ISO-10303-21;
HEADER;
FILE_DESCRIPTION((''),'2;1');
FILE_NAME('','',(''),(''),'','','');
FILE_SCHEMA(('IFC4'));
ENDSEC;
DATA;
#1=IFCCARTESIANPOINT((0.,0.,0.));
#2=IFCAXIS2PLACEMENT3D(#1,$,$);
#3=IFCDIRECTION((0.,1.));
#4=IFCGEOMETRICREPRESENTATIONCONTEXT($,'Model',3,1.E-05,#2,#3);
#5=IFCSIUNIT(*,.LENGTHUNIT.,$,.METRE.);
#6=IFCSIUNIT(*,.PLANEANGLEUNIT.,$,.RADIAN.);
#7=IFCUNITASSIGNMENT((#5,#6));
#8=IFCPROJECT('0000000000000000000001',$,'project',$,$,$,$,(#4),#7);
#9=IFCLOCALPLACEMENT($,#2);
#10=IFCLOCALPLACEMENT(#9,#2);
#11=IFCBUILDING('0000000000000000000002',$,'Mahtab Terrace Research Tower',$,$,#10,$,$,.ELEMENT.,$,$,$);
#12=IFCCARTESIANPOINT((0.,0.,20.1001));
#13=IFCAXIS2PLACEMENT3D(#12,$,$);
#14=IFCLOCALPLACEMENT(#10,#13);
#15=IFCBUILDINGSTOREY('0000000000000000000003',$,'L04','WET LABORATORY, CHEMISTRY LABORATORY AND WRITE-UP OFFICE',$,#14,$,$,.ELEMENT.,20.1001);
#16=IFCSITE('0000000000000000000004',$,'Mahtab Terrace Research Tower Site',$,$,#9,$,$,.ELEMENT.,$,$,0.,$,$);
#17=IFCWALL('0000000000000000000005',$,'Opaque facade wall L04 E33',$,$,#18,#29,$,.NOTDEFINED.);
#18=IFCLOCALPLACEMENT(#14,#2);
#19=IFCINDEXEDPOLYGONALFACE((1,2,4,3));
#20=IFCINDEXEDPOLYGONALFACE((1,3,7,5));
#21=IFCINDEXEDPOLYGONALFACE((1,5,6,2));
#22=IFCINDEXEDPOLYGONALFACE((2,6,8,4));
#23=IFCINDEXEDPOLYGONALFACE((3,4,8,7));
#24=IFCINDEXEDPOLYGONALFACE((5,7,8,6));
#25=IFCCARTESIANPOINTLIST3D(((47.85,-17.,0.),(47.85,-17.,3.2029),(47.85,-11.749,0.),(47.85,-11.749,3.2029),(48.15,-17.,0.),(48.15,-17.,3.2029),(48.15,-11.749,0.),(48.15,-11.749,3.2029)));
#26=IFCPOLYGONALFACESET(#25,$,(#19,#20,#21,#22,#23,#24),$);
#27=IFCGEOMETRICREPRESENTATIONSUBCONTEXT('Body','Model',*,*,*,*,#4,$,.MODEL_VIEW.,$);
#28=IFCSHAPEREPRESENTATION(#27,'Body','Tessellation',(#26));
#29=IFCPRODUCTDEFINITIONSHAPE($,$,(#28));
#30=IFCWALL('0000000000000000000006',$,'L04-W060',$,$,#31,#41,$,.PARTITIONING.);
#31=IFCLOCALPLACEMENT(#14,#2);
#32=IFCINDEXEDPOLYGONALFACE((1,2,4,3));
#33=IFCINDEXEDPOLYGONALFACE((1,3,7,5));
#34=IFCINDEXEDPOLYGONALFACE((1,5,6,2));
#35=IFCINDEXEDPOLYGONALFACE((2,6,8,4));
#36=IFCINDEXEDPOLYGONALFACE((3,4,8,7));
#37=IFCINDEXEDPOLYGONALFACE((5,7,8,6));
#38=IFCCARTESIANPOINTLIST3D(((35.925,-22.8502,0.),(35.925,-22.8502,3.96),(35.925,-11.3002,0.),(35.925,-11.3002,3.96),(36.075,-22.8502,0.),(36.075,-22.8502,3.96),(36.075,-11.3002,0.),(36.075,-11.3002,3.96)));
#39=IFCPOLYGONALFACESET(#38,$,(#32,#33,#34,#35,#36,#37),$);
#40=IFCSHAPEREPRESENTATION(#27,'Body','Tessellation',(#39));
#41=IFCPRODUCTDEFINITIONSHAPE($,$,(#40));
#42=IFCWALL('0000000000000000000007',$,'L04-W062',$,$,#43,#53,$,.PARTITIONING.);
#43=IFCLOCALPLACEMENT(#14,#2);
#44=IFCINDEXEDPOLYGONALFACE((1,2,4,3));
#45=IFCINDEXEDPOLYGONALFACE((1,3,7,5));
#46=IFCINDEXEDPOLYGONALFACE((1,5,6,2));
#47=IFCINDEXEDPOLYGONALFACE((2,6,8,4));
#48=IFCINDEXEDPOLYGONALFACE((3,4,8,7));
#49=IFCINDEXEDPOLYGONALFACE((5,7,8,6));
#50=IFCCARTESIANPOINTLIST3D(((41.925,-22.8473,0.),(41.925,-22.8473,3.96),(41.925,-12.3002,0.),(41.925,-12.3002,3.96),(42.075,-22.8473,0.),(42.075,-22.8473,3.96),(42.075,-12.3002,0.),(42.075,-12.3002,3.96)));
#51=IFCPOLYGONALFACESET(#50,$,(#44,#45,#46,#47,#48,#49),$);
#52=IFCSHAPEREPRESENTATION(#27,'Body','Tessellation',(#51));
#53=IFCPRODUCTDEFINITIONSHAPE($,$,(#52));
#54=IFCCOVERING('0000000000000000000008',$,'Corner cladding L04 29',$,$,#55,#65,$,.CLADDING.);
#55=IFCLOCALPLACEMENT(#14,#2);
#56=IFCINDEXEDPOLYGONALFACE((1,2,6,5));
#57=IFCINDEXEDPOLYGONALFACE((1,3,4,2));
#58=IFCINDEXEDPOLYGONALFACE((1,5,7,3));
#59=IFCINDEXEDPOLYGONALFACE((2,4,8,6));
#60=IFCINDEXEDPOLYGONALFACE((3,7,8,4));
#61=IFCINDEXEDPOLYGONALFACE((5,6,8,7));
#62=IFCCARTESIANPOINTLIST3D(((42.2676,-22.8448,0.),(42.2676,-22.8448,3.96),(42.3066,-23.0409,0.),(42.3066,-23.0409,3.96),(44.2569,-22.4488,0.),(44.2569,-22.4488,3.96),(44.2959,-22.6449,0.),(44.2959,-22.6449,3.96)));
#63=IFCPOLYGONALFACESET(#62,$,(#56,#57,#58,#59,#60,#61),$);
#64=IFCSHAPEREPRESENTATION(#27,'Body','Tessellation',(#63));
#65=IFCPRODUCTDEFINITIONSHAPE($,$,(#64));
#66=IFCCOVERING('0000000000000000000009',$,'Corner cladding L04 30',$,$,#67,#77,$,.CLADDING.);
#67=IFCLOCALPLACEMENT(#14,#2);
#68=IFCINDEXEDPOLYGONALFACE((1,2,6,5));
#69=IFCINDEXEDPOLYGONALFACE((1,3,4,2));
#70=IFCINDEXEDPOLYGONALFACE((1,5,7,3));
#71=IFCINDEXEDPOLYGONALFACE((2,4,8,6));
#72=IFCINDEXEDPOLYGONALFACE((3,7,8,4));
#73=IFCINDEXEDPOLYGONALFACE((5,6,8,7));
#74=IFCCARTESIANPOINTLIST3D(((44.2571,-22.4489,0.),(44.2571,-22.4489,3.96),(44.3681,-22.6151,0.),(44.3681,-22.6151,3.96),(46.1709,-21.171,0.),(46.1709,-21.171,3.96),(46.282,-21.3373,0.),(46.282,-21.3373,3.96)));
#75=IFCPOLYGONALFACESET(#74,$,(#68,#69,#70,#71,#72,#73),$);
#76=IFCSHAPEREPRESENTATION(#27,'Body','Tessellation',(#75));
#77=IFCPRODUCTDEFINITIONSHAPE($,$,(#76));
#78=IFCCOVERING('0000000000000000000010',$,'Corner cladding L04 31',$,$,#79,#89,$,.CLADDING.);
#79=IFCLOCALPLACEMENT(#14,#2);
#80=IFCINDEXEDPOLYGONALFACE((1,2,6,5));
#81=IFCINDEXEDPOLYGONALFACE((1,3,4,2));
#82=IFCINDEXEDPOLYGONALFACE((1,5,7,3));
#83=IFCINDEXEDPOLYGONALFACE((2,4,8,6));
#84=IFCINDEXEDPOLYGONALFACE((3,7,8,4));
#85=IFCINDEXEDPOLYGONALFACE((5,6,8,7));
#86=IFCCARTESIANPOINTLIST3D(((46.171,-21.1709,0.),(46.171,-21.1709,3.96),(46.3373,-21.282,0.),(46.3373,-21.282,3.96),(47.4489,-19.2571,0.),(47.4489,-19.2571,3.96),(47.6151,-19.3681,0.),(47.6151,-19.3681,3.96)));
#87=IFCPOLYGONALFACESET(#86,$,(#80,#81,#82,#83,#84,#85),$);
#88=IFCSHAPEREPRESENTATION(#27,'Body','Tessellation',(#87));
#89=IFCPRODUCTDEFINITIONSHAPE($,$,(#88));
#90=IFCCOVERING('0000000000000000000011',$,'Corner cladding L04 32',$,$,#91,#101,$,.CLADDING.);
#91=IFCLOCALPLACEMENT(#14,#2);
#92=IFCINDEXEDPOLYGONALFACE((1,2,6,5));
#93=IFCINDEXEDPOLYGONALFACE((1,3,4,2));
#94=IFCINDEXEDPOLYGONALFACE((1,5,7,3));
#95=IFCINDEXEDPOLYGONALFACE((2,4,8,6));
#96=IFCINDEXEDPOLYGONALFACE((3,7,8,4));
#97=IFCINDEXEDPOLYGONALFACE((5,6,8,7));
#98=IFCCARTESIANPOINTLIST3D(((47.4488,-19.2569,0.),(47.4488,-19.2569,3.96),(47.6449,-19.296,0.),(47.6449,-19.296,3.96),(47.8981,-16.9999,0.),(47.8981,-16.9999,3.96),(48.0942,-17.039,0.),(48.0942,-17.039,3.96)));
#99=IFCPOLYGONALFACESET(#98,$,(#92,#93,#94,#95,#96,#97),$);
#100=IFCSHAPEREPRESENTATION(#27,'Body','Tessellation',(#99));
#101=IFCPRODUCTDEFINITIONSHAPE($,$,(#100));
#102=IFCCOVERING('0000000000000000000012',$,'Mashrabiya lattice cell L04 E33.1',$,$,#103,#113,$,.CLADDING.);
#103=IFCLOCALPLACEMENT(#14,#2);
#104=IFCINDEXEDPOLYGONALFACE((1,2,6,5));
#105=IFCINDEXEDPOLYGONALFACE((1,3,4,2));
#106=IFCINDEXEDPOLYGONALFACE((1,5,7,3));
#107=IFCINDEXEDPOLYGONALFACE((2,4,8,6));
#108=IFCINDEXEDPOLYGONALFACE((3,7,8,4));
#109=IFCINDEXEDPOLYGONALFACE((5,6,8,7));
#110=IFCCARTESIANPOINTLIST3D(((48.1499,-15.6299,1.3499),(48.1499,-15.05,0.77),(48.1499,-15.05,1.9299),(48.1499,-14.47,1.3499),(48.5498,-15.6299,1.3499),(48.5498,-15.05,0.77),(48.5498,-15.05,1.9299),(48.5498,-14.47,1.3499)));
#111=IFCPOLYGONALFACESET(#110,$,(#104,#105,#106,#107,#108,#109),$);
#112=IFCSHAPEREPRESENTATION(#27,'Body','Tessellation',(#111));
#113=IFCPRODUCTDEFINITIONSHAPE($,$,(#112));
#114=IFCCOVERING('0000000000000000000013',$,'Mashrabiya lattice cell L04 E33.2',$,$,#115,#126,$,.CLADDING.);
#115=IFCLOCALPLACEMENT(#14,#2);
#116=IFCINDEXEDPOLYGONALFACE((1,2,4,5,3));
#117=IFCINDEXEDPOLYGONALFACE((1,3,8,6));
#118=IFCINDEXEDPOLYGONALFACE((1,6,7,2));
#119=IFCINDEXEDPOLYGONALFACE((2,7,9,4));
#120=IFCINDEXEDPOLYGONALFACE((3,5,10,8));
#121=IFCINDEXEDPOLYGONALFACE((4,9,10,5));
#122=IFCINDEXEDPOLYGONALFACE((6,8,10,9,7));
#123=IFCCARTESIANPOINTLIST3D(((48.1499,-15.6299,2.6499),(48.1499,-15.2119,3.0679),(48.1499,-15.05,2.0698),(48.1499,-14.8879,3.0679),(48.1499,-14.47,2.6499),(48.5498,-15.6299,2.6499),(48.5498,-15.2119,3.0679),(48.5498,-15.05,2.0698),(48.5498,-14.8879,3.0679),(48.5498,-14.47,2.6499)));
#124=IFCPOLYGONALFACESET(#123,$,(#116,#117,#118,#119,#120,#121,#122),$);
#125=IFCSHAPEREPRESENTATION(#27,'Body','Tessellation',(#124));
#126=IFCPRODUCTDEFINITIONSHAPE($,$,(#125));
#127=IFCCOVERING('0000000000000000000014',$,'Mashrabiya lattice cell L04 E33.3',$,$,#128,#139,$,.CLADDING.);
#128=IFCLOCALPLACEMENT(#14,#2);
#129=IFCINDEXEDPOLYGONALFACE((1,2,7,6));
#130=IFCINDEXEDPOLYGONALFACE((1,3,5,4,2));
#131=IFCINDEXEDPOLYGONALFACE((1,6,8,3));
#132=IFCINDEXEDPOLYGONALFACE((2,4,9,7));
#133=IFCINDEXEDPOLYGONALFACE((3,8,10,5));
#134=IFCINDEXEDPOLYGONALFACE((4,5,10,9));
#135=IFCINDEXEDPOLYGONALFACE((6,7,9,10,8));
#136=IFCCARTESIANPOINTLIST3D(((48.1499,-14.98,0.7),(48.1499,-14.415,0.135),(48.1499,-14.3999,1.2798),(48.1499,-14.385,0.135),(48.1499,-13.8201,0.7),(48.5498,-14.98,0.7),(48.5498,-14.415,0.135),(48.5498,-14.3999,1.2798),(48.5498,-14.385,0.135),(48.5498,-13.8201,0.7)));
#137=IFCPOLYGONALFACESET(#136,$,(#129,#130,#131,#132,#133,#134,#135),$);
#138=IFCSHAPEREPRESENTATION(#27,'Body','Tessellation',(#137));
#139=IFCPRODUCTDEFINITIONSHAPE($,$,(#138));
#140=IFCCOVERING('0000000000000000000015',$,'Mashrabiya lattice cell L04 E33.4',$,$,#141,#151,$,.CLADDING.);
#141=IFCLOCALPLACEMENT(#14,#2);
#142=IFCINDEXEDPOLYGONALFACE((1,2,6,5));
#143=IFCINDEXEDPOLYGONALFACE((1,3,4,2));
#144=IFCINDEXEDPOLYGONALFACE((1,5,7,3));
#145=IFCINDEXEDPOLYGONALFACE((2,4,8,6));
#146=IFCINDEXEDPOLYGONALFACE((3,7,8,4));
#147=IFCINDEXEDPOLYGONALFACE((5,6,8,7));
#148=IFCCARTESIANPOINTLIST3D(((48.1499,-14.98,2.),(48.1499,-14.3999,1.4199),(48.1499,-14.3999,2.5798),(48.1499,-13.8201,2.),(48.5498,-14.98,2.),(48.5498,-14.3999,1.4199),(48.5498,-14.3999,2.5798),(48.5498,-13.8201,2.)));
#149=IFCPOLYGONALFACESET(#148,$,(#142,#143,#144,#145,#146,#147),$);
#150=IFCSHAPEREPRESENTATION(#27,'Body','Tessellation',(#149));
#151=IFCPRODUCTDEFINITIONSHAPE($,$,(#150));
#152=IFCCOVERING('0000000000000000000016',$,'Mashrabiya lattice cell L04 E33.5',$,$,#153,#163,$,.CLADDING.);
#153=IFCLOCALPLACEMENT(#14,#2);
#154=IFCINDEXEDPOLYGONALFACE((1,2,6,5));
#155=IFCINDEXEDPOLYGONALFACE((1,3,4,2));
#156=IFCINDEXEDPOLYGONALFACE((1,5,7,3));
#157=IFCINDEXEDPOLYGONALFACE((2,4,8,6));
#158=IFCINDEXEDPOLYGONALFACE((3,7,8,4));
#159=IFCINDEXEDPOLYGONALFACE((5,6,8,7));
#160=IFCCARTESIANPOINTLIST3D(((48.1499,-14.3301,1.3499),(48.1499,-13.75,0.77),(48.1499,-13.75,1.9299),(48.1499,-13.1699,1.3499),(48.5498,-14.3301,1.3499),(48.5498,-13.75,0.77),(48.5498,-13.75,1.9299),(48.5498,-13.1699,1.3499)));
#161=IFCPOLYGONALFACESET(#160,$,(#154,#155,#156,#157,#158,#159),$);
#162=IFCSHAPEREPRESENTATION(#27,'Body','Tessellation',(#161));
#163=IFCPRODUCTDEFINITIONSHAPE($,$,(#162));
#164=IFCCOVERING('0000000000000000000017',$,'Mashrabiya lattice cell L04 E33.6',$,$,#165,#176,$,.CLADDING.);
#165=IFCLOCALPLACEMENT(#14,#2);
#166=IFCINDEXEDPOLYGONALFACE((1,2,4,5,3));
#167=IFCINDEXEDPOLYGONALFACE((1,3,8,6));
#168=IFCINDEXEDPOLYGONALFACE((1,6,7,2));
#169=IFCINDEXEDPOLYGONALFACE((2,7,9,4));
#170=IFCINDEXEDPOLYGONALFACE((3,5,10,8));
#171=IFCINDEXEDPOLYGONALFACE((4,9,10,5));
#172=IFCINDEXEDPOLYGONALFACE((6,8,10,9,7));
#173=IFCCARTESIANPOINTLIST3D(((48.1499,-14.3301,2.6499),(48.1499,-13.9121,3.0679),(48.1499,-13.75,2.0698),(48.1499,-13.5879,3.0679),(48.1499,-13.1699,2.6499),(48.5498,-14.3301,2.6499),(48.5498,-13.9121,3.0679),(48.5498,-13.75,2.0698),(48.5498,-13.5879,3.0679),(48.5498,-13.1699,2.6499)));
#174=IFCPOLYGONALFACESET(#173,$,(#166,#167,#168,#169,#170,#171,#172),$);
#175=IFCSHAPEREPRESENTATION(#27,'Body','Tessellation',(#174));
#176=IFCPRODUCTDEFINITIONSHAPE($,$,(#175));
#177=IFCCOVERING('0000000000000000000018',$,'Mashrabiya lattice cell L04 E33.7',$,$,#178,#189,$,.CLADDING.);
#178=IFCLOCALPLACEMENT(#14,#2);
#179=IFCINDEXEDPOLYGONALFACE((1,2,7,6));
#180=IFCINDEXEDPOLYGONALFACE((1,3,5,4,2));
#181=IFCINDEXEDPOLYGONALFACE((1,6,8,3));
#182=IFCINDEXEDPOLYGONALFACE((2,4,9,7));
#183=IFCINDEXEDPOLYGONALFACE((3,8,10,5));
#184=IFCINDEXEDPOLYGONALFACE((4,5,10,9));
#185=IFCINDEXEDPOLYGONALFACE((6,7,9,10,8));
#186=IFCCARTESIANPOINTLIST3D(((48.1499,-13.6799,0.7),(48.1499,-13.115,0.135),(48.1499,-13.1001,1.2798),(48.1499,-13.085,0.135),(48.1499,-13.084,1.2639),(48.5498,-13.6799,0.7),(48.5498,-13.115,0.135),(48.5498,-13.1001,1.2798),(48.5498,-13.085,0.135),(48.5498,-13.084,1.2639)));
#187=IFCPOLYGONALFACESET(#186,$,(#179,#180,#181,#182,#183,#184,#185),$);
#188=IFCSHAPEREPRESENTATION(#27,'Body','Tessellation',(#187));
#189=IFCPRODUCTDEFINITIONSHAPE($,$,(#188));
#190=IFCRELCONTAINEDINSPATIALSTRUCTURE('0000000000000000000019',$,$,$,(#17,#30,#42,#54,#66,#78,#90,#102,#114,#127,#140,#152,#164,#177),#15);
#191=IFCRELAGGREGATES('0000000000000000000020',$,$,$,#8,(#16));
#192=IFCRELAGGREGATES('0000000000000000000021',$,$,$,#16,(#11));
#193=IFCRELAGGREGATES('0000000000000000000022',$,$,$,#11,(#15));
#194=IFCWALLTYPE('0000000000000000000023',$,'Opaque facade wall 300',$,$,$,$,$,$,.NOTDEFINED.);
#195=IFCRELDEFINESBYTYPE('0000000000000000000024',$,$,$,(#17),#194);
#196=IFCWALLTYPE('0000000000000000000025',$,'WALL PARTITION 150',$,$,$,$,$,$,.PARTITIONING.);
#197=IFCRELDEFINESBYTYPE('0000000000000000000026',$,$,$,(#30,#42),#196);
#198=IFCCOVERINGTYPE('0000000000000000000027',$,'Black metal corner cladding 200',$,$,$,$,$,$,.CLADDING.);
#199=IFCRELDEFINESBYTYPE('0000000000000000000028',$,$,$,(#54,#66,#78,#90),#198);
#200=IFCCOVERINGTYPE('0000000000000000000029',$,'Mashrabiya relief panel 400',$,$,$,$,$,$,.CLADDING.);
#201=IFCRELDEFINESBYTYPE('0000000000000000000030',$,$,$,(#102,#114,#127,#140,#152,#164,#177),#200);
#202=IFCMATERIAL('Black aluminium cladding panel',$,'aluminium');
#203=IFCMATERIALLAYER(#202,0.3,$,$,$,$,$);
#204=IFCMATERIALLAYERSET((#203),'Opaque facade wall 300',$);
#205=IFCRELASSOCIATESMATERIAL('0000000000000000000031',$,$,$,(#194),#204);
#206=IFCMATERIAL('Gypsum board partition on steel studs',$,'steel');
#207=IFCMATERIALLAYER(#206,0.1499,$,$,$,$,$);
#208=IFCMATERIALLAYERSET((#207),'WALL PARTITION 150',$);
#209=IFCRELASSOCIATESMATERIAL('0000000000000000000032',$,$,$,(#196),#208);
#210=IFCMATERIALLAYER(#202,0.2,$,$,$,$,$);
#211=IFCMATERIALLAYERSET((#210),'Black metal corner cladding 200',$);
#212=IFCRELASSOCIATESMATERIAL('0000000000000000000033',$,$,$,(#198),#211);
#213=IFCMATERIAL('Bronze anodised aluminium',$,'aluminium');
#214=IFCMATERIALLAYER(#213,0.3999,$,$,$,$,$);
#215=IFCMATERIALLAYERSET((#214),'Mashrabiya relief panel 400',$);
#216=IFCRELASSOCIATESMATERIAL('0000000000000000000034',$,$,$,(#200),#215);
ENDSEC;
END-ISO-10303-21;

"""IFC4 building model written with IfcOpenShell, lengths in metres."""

from ifc_helpers import new_model, si_unit, direction, frame, frame_2d, origin, origin_2d, place, context, subcontext, project, spatial, polyline, rectangle, outline, extrude, material, layer, layer_set, type_object, element, save


model = new_model("IFC4")

# Units and contexts
model_context = context("Model", 3, precision=1e-05, world=origin(), true_north=direction((0.0, 1.0)))
body_context = subcontext(model_context, "Body", "Model", "MODEL_VIEW")
ifc_project = project(units=[si_unit("LENGTHUNIT", "METRE"), si_unit("PLANEANGLEUNIT", "RADIAN")], contexts=[model_context])

# Site, building, storey
site_placement = place(None, origin())
site = spatial("IfcSite", under=ifc_project, at=site_placement, Name="Mahtab Terrace Research Tower Site", CompositionType="ELEMENT", RefElevation=0.0)
building_placement = place(site_placement, origin())
building = spatial("IfcBuilding", under=site, at=building_placement, Name="Mahtab Terrace Research Tower", CompositionType="ELEMENT")
storey_placement = place(building_placement, frame((0.0, 0.0, 20.1001)))
storey = spatial("IfcBuildingStorey", under=building, at=storey_placement, Name="L04", Description="WET LABORATORY, CHEMISTRY LABORATORY AND WRITE-UP OFFICE", CompositionType="ELEMENT", Elevation=20.1001)

# Walls
ifc_material_1 = material(Name="Black aluminium cladding panel", Category="aluminium")
ifc_layer_1 = layer(ifc_material_1, 0.3)
ifc_layer_set_1 = layer_set([ifc_layer_1], Name="Opaque facade wall 300")
wall_type_1 = type_object("IfcWallType", Name="Opaque facade wall 300", PredefinedType="NOTDEFINED", material=ifc_layer_set_1)
wall_1_placement = place(storey_placement, frame((48.0, -17.0, 0.0), z_axis=(0.0, 0.0, 1.0), x_axis=(0.0, 1.0, 0.0)))
element("IfcWall", 1, at=wall_1_placement, inside=storey, type_object=wall_type_1, Name="Opaque facade wall L04 E33", PredefinedType="NOTDEFINED", context=body_context, shape_type="SweptSolid", body=[
    extrude(rectangle(XDim=5.251, YDim=0.3, at=frame_2d((2.6255, 0.0))), origin(), (0.0, 0.0, 1.0), 3.2029),
])
ifc_material_2 = material(Name="Gypsum board partition on steel studs", Category="steel")
ifc_layer_2 = layer(ifc_material_2, 0.1499)
ifc_layer_set_2 = layer_set([ifc_layer_2], Name="WALL PARTITION 150")
wall_type_2 = type_object("IfcWallType", Name="WALL PARTITION 150", PredefinedType="PARTITIONING", material=ifc_layer_set_2)
wall_2_placement = place(storey_placement, frame((36.0, -22.8501, 0.0), z_axis=(0.0, 0.0, 1.0), x_axis=(0.0, 1.0, 0.0)))
element("IfcWall", 2, at=wall_2_placement, inside=storey, type_object=wall_type_2, Name="L04-W060", PredefinedType="PARTITIONING", context=body_context, shape_type="SweptSolid", body=[
    extrude(rectangle(XDim=11.55, YDim=0.1499, at=frame_2d((5.7749, 0.0))), origin(), (0.0, 0.0, 1.0), 3.96),
])
wall_3_placement = place(storey_placement, frame((42.0, -22.8472, 0.0), z_axis=(0.0, 0.0, 1.0), x_axis=(0.0, 1.0, 0.0)))
element("IfcWall", 3, at=wall_3_placement, inside=storey, type_object=wall_type_2, Name="L04-W062", PredefinedType="PARTITIONING", context=body_context, shape_type="SweptSolid", body=[
    extrude(rectangle(XDim=10.5471, YDim=0.1499, at=frame_2d((5.2734, 0.0))), origin(), (0.0, 0.0, 1.0), 3.96),
])

# Coverings
ifc_layer_3 = layer(ifc_material_1, 0.2)
ifc_layer_set_3 = layer_set([ifc_layer_3], Name="Black metal corner cladding 200")
covering_type_1 = type_object("IfcCoveringType", Name="Black metal corner cladding 200", PredefinedType="CLADDING", material=ifc_layer_set_3)
covering_1_placement = place(storey_placement, frame((43.2817, -22.7449, 0.0), z_axis=(0.0, 0.0, 1.0), x_axis=(0.980761, 0.195212, 0.0)))
element("IfcCovering", 4, at=covering_1_placement, inside=storey, type_object=covering_type_1, Name="Corner cladding L04 29", PredefinedType="CLADDING", context=body_context, shape_type="SweptSolid", body=[
    extrude(rectangle(XDim=2.0283, YDim=0.2, at=origin_2d()), origin(), (0.0, 0.0, 1.0), 3.96),
])
for number, where, z_axis, x_axis, name in (
    (5, (45.2695, -21.8931, 0.0), (0.0, 0.0, 1.0), (0.831656, 0.555291, 0.0), "Corner cladding L04 30"),
    (6, (46.8931, -20.2695, 0.0), (0.0, 0.0, 1.0), (0.555291, 0.831656, 0.0), "Corner cladding L04 31"),
    (7, (47.7715, -18.1479, 0.0), (0.0, 0.0, 1.0), (0.195212, 0.980761, 0.0), "Corner cladding L04 32"),
):
    element("IfcCovering", number, at=place(storey_placement, frame(where, z_axis=z_axis, x_axis=x_axis)), inside=storey, type_object=covering_type_1, Name=name, PredefinedType="CLADDING", context=body_context, shape_type="SweptSolid", body=[
        extrude(rectangle(XDim=2.3013, YDim=0.2, at=origin_2d()), origin(), (0.0, 0.0, 1.0), 3.96),
    ])
ifc_material_3 = material(Name="Bronze anodised aluminium", Category="aluminium")
ifc_layer_4 = layer(ifc_material_3, 0.3999)
ifc_layer_set_4 = layer_set([ifc_layer_4], Name="Mashrabiya relief panel 400")
covering_type_2 = type_object("IfcCoveringType", Name="Mashrabiya relief panel 400", PredefinedType="CLADDING", material=ifc_layer_set_4)
covering_2_placement = place(storey_placement, frame((48.1499, -15.05, 1.9299), z_axis=(-1.0, 0.0, 0.0), x_axis=(0.0, 0.707107, -0.707107)))
element("IfcCovering", 8, at=covering_2_placement, inside=storey, type_object=covering_type_2, Name="Mashrabiya lattice cell L04 E33.1", PredefinedType="CLADDING", context=body_context, shape_type="SweptSolid", body=[
    extrude(outline(polyline([(0.0, 0.0), (0.8204, 0.0), (0.8202, 0.8202), (0.0002, 0.8202), (0.0, 0.0)])), origin(), (0.0, 0.0, -1.0), 0.3999),
])
covering_3_placement = place(storey_placement, frame((48.1499, -14.47, 2.6499), z_axis=(-1.0, 0.0, 0.0), x_axis=(0.0, -0.707107, -0.707107)))
element("IfcCovering", 9, at=covering_3_placement, inside=storey, type_object=covering_type_2, Name="Mashrabiya lattice cell L04 E33.2", PredefinedType="CLADDING", context=body_context, shape_type="SweptSolid", body=[
    extrude(outline(polyline([(0.0, 0.0), (0.8204, 0.0), (0.8202, 0.8202), (0.2291, 0.8202), (0.0, 0.5911), (0.0, 0.0)])), origin(), (0.0, 0.0, -1.0), 0.3999),
])
covering_4_placement = place(storey_placement, frame((48.1499, -14.98, 0.7), z_axis=(-1.0, 0.0, 0.0), x_axis=(0.0, 0.707256, 0.706958)))
element("IfcCovering", 10, at=covering_4_placement, inside=storey, type_object=covering_type_2, Name="Mashrabiya lattice cell L04 E33.3", PredefinedType="CLADDING", context=body_context, shape_type="SweptSolid", body=[
    extrude(outline(polyline([(0.0, 0.0), (0.8202, 0.0), (0.8204, 0.82), (0.0214, 0.8202), (0.0002, 0.7989), (0.0, 0.0)])), origin(), (0.0, 0.0, -1.0), 0.3999),
])
covering_5_placement = place(storey_placement, frame((48.1499, -14.3999, 2.5798), z_axis=(-1.0, 0.0, 0.0), x_axis=(0.0, 0.707107, -0.707107)))
element("IfcCovering", 11, at=covering_5_placement, inside=storey, type_object=covering_type_2, Name="Mashrabiya lattice cell L04 E33.4", PredefinedType="CLADDING", context=body_context, shape_type="SweptSolid", body=[
    extrude(outline(polyline([(0.0, 0.0), (0.82, 0.0), (0.8202, 0.8202), (-0.0002, 0.8202), (0.0, 0.0)])), origin(), (0.0, 0.0, -1.0), 0.3999),
])
covering_6_placement = place(storey_placement, frame((48.1499, -13.75, 1.9299), z_axis=(-1.0, 0.0, 0.0), x_axis=(0.0, 0.707107, -0.707107)))
element("IfcCovering", 12, at=covering_6_placement, inside=storey, type_object=covering_type_2, Name="Mashrabiya lattice cell L04 E33.5", PredefinedType="CLADDING", context=body_context, shape_type="SweptSolid", body=[
    extrude(outline(polyline([(0.0, 0.0), (0.8204, 0.0), (0.8202, 0.8202), (0.0, 0.8204), (0.0, 0.0)])), origin(), (0.0, 0.0, -1.0), 0.3999),
])
covering_7_placement = place(storey_placement, frame((48.1499, -13.1699, 2.6499), z_axis=(-1.0, 0.0, 0.0), x_axis=(0.0, -0.707107, -0.707107)))
element("IfcCovering", 13, at=covering_7_placement, inside=storey, type_object=covering_type_2, Name="Mashrabiya lattice cell L04 E33.6", PredefinedType="CLADDING", context=body_context, shape_type="SweptSolid", body=[
    extrude(outline(polyline([(0.0, 0.0), (0.8204, 0.0), (0.8204, 0.8204), (0.2293, 0.8204), (0.0, 0.5911), (0.0, 0.0)])), origin(), (0.0, 0.0, -1.0), 0.3999),
])
covering_8_placement = place(storey_placement, frame((48.1499, -13.6799, 0.7), z_axis=(-1.0, 0.0, 0.0), x_axis=(0.0, 0.707107, 0.707107)))
element("IfcCovering", 14, at=covering_8_placement, inside=storey, type_object=covering_type_2, Name="Mashrabiya lattice cell L04 E33.7", PredefinedType="CLADDING", context=body_context, shape_type="SweptSolid", body=[
    extrude(outline(polyline([(0.0, 0.0), (0.82, 0.0), (0.8202, 0.0226), (0.0212, 0.8202), (0.0, 0.7989), (0.0, 0.0)])), origin(), (0.0, 0.0, -1.0), 0.3999),
])

save(model, "model.ifc")
